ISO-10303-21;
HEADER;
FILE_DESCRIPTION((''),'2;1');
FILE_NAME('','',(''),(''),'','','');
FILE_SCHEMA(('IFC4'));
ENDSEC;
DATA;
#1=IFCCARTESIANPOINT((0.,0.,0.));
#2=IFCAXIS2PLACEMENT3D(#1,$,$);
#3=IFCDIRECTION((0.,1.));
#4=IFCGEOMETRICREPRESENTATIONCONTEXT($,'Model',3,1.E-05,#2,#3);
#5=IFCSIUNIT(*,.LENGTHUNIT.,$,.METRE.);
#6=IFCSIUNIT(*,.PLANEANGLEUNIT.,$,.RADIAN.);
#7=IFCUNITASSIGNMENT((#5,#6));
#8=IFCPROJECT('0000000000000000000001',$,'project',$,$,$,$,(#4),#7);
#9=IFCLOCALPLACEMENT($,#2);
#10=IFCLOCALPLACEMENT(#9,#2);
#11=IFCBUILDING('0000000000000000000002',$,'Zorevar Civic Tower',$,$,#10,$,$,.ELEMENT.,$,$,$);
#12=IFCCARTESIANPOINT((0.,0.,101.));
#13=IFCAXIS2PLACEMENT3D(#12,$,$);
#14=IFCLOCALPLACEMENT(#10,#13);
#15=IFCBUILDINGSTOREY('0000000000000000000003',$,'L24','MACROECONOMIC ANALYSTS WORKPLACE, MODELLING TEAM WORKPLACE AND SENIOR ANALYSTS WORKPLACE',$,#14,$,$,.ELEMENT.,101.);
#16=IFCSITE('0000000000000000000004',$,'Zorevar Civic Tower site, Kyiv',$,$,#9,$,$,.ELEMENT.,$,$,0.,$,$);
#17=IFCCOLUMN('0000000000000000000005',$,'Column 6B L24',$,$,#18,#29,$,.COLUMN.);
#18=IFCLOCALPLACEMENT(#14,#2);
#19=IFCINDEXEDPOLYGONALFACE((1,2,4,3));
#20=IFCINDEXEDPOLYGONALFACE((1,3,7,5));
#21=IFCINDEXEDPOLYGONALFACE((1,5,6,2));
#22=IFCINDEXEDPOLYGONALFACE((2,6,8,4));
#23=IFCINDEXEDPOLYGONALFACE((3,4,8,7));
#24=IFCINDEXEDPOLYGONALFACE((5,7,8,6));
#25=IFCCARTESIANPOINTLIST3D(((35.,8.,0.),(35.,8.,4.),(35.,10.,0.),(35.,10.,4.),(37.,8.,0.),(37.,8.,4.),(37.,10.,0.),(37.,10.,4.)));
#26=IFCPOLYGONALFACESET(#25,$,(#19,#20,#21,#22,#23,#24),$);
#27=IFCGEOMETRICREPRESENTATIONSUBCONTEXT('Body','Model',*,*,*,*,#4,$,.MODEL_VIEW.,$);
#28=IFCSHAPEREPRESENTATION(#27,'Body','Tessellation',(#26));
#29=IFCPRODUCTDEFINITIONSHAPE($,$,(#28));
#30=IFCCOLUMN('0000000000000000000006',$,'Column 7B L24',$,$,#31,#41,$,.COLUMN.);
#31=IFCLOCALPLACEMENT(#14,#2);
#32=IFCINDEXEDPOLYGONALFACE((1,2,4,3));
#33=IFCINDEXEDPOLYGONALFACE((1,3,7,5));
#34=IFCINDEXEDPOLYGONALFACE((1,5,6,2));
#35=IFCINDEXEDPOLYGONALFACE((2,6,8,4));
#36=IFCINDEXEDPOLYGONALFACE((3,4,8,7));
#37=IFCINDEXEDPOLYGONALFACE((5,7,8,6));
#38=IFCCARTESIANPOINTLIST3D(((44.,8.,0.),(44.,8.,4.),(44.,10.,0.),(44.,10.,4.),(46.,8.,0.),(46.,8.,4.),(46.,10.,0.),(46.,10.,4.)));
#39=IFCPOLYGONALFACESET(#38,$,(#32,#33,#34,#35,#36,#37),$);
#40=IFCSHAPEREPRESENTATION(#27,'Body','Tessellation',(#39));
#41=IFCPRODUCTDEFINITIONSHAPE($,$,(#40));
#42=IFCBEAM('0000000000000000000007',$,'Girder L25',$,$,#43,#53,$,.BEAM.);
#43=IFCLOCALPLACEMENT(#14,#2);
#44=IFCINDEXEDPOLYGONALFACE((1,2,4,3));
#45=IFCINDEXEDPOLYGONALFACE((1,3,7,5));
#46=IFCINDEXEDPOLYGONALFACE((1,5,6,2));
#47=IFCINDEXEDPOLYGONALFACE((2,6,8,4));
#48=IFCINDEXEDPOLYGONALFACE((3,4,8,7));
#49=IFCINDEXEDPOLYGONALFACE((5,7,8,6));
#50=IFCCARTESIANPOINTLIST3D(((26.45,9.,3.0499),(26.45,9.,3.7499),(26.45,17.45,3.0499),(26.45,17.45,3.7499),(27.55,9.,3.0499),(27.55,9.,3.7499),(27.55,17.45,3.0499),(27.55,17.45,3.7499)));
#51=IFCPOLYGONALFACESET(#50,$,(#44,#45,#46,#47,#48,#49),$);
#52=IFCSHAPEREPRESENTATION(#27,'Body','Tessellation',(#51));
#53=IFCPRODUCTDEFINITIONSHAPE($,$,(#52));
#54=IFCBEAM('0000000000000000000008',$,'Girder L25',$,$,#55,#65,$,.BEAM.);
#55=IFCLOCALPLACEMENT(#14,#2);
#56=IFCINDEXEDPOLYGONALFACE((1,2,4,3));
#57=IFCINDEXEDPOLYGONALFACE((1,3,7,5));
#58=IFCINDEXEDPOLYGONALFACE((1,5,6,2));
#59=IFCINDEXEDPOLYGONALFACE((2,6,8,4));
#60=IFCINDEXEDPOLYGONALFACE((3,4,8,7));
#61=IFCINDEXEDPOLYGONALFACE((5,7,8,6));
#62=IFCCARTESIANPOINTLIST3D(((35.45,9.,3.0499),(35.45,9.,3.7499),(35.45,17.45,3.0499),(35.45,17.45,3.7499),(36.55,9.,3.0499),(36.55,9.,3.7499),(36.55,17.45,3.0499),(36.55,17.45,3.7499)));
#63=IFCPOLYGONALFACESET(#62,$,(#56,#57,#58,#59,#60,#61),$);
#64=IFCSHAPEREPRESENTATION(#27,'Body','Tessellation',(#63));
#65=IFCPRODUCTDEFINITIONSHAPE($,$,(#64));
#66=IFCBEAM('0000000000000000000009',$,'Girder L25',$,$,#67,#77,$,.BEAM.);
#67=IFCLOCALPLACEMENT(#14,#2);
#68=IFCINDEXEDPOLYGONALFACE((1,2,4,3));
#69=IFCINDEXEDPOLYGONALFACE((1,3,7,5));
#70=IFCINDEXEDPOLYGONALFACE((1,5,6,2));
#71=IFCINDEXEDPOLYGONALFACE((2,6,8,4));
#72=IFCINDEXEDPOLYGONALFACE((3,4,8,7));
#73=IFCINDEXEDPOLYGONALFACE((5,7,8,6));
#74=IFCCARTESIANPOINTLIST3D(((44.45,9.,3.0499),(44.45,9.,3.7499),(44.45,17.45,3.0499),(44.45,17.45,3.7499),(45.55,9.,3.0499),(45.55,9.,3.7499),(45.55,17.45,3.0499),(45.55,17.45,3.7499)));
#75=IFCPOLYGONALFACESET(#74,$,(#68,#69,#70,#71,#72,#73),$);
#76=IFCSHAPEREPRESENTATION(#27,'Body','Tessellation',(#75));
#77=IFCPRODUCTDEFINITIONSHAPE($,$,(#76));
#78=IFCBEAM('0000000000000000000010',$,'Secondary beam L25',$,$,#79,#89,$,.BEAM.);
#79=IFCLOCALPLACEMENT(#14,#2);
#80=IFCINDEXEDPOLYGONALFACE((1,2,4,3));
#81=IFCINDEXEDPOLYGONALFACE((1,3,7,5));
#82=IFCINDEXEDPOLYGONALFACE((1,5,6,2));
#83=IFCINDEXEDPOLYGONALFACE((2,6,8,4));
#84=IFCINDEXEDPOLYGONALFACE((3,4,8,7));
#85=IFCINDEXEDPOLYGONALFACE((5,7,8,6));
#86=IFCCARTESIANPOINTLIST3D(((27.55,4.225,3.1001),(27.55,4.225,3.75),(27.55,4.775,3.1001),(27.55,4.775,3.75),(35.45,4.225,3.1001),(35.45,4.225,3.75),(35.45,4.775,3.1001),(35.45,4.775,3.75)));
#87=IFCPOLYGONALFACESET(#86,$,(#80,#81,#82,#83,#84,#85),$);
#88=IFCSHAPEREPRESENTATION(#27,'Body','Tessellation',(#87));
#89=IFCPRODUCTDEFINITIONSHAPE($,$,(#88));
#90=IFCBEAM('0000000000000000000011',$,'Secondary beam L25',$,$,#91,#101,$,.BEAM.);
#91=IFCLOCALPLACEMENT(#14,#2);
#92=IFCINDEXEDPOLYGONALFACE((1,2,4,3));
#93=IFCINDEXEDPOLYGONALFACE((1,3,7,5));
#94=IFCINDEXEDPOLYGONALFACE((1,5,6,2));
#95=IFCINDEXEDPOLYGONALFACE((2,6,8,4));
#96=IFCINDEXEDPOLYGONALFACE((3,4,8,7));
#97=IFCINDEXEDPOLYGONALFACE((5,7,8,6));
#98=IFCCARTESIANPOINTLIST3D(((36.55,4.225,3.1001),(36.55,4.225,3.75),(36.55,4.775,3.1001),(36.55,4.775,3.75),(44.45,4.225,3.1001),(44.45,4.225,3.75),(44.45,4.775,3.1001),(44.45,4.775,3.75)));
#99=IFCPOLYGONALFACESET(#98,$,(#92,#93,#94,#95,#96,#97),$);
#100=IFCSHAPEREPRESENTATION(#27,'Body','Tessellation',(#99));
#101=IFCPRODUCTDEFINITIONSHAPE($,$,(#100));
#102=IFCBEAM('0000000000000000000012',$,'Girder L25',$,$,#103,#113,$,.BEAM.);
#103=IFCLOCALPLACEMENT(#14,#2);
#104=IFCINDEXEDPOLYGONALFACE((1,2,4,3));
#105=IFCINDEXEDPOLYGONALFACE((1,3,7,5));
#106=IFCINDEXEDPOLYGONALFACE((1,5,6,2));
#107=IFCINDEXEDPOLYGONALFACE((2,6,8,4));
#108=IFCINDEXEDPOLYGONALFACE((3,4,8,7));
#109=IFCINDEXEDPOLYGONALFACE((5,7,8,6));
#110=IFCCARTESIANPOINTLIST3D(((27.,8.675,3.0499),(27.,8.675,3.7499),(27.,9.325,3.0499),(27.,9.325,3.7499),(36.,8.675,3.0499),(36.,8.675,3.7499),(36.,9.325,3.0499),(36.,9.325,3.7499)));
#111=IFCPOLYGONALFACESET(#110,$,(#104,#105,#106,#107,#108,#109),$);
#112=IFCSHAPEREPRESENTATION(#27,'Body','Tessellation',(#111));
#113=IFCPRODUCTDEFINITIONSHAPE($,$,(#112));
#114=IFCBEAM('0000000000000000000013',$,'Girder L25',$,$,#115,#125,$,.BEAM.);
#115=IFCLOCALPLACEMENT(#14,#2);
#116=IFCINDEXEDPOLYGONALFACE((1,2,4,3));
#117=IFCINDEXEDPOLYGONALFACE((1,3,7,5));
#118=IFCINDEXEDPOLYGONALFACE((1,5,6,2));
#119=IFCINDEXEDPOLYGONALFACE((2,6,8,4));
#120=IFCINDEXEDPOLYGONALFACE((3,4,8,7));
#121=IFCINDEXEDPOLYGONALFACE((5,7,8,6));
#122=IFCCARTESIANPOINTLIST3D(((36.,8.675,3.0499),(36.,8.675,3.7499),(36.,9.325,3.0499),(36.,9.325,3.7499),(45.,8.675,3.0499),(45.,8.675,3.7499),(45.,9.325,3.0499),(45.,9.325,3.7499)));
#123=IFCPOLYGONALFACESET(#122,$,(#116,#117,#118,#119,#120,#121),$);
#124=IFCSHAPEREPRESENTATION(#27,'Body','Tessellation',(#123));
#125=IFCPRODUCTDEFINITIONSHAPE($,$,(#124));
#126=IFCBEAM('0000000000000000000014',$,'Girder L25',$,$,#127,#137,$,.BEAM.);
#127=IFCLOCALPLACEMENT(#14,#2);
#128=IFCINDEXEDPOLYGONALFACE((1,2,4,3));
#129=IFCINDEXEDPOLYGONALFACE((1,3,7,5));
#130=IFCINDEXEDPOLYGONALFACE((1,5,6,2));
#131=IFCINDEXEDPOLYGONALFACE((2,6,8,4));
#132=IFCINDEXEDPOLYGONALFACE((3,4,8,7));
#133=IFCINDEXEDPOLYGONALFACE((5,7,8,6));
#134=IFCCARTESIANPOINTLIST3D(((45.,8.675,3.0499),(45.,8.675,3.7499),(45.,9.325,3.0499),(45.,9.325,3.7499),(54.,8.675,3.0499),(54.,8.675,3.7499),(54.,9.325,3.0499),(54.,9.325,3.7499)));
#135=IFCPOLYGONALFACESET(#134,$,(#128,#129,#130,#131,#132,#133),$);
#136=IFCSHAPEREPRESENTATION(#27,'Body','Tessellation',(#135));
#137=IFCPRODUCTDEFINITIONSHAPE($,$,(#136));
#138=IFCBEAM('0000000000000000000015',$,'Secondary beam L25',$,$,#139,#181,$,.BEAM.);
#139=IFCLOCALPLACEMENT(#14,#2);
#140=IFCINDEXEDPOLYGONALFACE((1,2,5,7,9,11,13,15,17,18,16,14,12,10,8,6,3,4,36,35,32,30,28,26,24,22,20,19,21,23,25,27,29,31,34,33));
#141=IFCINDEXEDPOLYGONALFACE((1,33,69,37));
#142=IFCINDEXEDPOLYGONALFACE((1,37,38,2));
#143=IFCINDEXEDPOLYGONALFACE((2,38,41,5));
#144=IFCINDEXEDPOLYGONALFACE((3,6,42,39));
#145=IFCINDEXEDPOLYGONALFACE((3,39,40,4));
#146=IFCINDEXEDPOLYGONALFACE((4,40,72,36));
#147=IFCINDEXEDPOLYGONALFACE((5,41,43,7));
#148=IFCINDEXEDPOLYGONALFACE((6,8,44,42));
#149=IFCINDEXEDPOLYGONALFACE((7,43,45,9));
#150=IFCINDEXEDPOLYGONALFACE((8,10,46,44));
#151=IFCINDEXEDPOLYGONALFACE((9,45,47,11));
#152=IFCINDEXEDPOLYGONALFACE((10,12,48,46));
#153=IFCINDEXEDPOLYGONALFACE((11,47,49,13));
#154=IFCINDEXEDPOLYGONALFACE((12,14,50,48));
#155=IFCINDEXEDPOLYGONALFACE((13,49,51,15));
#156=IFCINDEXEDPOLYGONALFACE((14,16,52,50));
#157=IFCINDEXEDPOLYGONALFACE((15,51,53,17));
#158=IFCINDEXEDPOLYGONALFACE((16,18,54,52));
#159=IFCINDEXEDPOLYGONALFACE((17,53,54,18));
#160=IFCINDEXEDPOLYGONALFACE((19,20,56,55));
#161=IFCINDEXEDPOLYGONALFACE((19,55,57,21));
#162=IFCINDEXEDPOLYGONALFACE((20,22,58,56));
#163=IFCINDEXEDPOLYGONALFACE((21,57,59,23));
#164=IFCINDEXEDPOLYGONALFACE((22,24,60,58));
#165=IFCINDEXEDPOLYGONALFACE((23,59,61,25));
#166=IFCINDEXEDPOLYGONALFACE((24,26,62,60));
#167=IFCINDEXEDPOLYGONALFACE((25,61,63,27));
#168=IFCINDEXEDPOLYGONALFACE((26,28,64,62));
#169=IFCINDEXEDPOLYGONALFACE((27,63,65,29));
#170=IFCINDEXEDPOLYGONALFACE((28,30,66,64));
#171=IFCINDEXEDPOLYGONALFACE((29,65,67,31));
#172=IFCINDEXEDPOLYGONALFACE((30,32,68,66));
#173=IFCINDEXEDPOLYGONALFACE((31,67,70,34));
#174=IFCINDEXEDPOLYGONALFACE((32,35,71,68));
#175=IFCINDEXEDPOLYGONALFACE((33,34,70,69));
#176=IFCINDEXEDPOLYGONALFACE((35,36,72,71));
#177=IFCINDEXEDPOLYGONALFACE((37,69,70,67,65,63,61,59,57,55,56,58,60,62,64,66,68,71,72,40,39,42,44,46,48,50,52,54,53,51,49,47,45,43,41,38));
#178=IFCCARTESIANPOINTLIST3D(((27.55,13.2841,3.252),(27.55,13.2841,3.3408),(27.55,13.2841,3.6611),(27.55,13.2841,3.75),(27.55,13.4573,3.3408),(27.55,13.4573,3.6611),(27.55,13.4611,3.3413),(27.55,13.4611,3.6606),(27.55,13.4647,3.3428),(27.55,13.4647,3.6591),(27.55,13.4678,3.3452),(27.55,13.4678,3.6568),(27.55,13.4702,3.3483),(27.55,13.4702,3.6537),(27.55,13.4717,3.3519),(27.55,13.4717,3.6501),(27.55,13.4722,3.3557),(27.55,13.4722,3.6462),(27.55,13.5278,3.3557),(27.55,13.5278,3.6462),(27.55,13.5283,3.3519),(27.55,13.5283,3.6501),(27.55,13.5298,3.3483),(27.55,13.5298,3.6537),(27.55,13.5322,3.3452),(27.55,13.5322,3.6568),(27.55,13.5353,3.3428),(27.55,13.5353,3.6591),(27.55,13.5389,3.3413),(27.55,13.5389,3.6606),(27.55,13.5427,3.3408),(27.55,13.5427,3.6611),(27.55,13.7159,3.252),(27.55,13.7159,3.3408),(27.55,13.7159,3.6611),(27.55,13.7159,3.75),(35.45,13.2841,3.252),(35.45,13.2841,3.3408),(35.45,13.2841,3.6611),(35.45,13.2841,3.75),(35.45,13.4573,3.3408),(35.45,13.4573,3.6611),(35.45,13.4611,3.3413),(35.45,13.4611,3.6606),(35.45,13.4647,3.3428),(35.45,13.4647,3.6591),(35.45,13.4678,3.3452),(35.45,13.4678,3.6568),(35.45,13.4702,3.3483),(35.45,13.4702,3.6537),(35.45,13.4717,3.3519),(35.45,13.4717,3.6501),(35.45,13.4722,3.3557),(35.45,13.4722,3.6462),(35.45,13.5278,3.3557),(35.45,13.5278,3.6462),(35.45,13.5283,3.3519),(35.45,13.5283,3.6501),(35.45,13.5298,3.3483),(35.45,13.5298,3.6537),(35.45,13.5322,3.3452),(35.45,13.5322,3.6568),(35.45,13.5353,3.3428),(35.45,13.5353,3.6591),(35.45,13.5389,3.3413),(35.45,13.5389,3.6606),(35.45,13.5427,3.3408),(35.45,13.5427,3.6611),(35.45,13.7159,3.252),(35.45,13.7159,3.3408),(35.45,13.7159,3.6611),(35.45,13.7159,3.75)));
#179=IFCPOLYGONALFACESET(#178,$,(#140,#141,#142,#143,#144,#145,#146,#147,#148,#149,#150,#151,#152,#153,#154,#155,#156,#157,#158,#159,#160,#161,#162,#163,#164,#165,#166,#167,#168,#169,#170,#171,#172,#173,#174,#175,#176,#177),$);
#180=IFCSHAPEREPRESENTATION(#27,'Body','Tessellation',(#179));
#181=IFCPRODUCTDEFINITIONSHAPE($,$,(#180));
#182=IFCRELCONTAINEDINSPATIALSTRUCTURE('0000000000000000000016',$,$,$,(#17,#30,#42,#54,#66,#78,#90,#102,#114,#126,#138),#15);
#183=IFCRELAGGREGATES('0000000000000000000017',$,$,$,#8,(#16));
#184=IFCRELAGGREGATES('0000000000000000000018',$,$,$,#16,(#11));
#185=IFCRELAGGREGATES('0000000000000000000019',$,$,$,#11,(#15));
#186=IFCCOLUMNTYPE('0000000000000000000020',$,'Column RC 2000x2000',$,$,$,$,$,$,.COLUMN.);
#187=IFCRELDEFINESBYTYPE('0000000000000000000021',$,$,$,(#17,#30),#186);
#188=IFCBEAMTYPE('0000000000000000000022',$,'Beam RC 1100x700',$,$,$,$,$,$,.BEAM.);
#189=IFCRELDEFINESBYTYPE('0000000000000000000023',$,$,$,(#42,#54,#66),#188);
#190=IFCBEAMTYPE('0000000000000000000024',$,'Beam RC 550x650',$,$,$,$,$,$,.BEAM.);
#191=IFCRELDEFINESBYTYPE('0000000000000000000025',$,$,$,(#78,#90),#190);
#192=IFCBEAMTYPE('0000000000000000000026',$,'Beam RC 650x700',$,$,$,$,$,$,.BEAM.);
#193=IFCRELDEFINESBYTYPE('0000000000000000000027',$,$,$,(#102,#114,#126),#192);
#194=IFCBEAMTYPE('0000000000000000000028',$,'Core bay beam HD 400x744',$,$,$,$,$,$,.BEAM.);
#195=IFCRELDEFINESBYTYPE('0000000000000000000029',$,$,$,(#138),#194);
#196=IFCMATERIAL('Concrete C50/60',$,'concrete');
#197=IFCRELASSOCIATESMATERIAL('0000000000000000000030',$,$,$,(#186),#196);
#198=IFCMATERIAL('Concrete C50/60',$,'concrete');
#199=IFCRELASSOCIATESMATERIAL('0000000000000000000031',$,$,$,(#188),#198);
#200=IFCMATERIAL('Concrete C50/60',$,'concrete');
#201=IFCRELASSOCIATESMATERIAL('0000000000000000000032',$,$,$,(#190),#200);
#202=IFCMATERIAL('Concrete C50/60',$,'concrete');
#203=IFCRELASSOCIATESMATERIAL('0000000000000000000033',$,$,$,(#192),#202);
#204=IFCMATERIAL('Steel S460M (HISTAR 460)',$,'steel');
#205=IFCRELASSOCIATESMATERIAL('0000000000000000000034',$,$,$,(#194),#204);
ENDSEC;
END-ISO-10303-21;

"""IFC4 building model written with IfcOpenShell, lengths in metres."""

from ifc_helpers import new_model, si_unit, direction, frame, origin, origin_2d, place, context, subcontext, project, spatial, rectangle, i_section, extrude, material, material_profile, profile_set, type_object, element, save


model = new_model("IFC4")

# Units and contexts
model_context = context("Model", 3, precision=1e-05, world=origin(), true_north=direction((0.0, 1.0)))
body_context = subcontext(model_context, "Body", "Model", "MODEL_VIEW")
ifc_project = project(units=[si_unit("LENGTHUNIT", "METRE"), si_unit("PLANEANGLEUNIT", "RADIAN")], contexts=[model_context])

# Site, building, storey
site_placement = place(None, origin())
site = spatial("IfcSite", under=ifc_project, at=site_placement, Name="Zorevar Civic Tower site, Kyiv", CompositionType="ELEMENT", RefElevation=0.0)
building_placement = place(site_placement, origin())
building = spatial("IfcBuilding", under=site, at=building_placement, Name="Zorevar Civic Tower", CompositionType="ELEMENT")
storey_placement = place(building_placement, frame((0.0, 0.0, 101.0)))
storey = spatial("IfcBuildingStorey", under=building, at=storey_placement, Name="L24", Description="MACROECONOMIC ANALYSTS WORKPLACE, MODELLING TEAM WORKPLACE AND SENIOR ANALYSTS WORKPLACE", CompositionType="ELEMENT", Elevation=101.0)

# Columns
ifc_material_1 = material(Name="Concrete C50/60", Category="concrete")
ifc_material_profile_1 = material_profile(ifc_material_1, rectangle(XDim=2.0, YDim=2.0, at=origin_2d()), Name="RC 2000x2000")
ifc_profile_set_1 = profile_set([ifc_material_profile_1], Name="Concrete C50/60")
column_type = type_object("IfcColumnType", Name="Column RC 2000x2000", PredefinedType="COLUMN", material=ifc_profile_set_1)
for number, where, z_axis, x_axis, name in (
    (1, (36.0, 9.0, 0.0), (0.0, 0.0, 1.0), (1.0, 0.0, 0.0), "Column 6B L24"),
    (2, (45.0, 9.0, 0.0), (0.0, 0.0, 1.0), (1.0, 0.0, 0.0), "Column 7B L24"),
):
    element("IfcColumn", number, at=place(storey_placement, frame(where, z_axis=z_axis, x_axis=x_axis)), inside=storey, type_object=column_type, Name=name, PredefinedType="COLUMN", context=body_context, shape_type="SweptSolid", body=[
        extrude(rectangle(XDim=2.0, YDim=2.0, at=origin_2d()), origin(), (0.0, 0.0, 1.0), 4.0),
    ])

# Beams
ifc_material_2 = material(Name="Concrete C50/60", Category="concrete")
ifc_material_profile_2 = material_profile(ifc_material_2, rectangle(XDim=1.1001, YDim=0.7, at=origin_2d()), Name="RC 1100x700")
ifc_profile_set_2 = profile_set([ifc_material_profile_2], Name="Concrete C50/60")
beam_type_1 = type_object("IfcBeamType", Name="Beam RC 1100x700", PredefinedType="BEAM", material=ifc_profile_set_2)
for number, where, z_axis, x_axis, name in (
    (3, (27.0, 9.0, 3.3999), (0.0, 1.0, 0.0), (-1.0, 0.0, 0.0), "Girder L25"),
    (4, (36.0, 9.0, 3.3999), (0.0, 1.0, 0.0), (-1.0, 0.0, 0.0), "Girder L25"),
    (5, (45.0, 9.0, 3.3999), (0.0, 1.0, 0.0), (-1.0, 0.0, 0.0), "Girder L25"),
):
    element("IfcBeam", number, at=place(storey_placement, frame(where, z_axis=z_axis, x_axis=x_axis)), inside=storey, type_object=beam_type_1, Name=name, PredefinedType="BEAM", context=body_context, shape_type="SweptSolid", body=[
        extrude(rectangle(XDim=1.1001, YDim=0.7, at=origin_2d()), origin(), (0.0, 0.0, 1.0), 8.45),
    ])
ifc_material_3 = material(Name="Concrete C50/60", Category="concrete")
ifc_material_profile_3 = material_profile(ifc_material_3, rectangle(XDim=0.55, YDim=0.6499, at=origin_2d()), Name="RC 550x650")
ifc_profile_set_3 = profile_set([ifc_material_profile_3], Name="Concrete C50/60")
beam_type_2 = type_object("IfcBeamType", Name="Beam RC 550x650", PredefinedType="BEAM", material=ifc_profile_set_3)
for number, where, z_axis, x_axis, name in (
    (6, (27.55, 4.5, 3.425), (1.0, 0.0, 0.0), (0.0, 1.0, 0.0), "Secondary beam L25"),
    (7, (36.55, 4.5, 3.425), (1.0, 0.0, 0.0), (0.0, 1.0, 0.0), "Secondary beam L25"),
):
    element("IfcBeam", number, at=place(storey_placement, frame(where, z_axis=z_axis, x_axis=x_axis)), inside=storey, type_object=beam_type_2, Name=name, PredefinedType="BEAM", context=body_context, shape_type="SweptSolid", body=[
        extrude(rectangle(XDim=0.55, YDim=0.6499, at=origin_2d()), origin(), (0.0, 0.0, 1.0), 7.8999),
    ])
ifc_material_4 = material(Name="Concrete C50/60", Category="concrete")
ifc_material_profile_4 = material_profile(ifc_material_4, rectangle(XDim=0.6499, YDim=0.7, at=origin_2d()), Name="RC 650x700")
ifc_profile_set_4 = profile_set([ifc_material_profile_4], Name="Concrete C50/60")
beam_type_3 = type_object("IfcBeamType", Name="Beam RC 650x700", PredefinedType="BEAM", material=ifc_profile_set_4)
for number, where, z_axis, x_axis, name in (
    (8, (27.0, 9.0, 3.3999), (1.0, 0.0, 0.0), (0.0, 1.0, 0.0), "Girder L25"),
    (9, (36.0, 9.0, 3.3999), (1.0, 0.0, 0.0), (0.0, 1.0, 0.0), "Girder L25"),
    (10, (45.0, 9.0, 3.3999), (1.0, 0.0, 0.0), (0.0, 1.0, 0.0), "Girder L25"),
):
    element("IfcBeam", number, at=place(storey_placement, frame(where, z_axis=z_axis, x_axis=x_axis)), inside=storey, type_object=beam_type_3, Name=name, PredefinedType="BEAM", context=body_context, shape_type="SweptSolid", body=[
        extrude(rectangle(XDim=0.6499, YDim=0.7, at=origin_2d()), origin(), (0.0, 0.0, 1.0), 9.0),
    ])
ifc_material_5 = material(Name="Steel S460M (HISTAR 460)", Category="steel")
ifc_material_profile_5 = material_profile(ifc_material_5, i_section(OverallWidth=0.4319, OverallDepth=0.498, WebThickness=0.0557, FlangeThickness=0.0889, FilletRadius=0.0149, at=origin_2d()), Name="HD 400x744")
ifc_profile_set_5 = profile_set([ifc_material_profile_5], Name="Steel S460M (HISTAR 460)")
beam_type_4 = type_object("IfcBeamType", Name="Core bay beam HD 400x744", PredefinedType="BEAM", material=ifc_profile_set_5)
for number, where, z_axis, x_axis, name in (
    (11, (27.55, 13.5, 3.501), (1.0, 0.0, 0.0), (0.0, 1.0, 0.0), "Secondary beam L25"),
):
    element("IfcBeam", number, at=place(storey_placement, frame(where, z_axis=z_axis, x_axis=x_axis)), inside=storey, type_object=beam_type_4, Name=name, PredefinedType="BEAM", context=body_context, shape_type="SweptSolid", body=[
        extrude(i_section(OverallWidth=0.4319, OverallDepth=0.498, WebThickness=0.0557, FlangeThickness=0.0889, FilletRadius=0.0149, at=origin_2d()), origin(), (0.0, 0.0, 1.0), 7.8999),
    ])

save(model, "model.ifc")
